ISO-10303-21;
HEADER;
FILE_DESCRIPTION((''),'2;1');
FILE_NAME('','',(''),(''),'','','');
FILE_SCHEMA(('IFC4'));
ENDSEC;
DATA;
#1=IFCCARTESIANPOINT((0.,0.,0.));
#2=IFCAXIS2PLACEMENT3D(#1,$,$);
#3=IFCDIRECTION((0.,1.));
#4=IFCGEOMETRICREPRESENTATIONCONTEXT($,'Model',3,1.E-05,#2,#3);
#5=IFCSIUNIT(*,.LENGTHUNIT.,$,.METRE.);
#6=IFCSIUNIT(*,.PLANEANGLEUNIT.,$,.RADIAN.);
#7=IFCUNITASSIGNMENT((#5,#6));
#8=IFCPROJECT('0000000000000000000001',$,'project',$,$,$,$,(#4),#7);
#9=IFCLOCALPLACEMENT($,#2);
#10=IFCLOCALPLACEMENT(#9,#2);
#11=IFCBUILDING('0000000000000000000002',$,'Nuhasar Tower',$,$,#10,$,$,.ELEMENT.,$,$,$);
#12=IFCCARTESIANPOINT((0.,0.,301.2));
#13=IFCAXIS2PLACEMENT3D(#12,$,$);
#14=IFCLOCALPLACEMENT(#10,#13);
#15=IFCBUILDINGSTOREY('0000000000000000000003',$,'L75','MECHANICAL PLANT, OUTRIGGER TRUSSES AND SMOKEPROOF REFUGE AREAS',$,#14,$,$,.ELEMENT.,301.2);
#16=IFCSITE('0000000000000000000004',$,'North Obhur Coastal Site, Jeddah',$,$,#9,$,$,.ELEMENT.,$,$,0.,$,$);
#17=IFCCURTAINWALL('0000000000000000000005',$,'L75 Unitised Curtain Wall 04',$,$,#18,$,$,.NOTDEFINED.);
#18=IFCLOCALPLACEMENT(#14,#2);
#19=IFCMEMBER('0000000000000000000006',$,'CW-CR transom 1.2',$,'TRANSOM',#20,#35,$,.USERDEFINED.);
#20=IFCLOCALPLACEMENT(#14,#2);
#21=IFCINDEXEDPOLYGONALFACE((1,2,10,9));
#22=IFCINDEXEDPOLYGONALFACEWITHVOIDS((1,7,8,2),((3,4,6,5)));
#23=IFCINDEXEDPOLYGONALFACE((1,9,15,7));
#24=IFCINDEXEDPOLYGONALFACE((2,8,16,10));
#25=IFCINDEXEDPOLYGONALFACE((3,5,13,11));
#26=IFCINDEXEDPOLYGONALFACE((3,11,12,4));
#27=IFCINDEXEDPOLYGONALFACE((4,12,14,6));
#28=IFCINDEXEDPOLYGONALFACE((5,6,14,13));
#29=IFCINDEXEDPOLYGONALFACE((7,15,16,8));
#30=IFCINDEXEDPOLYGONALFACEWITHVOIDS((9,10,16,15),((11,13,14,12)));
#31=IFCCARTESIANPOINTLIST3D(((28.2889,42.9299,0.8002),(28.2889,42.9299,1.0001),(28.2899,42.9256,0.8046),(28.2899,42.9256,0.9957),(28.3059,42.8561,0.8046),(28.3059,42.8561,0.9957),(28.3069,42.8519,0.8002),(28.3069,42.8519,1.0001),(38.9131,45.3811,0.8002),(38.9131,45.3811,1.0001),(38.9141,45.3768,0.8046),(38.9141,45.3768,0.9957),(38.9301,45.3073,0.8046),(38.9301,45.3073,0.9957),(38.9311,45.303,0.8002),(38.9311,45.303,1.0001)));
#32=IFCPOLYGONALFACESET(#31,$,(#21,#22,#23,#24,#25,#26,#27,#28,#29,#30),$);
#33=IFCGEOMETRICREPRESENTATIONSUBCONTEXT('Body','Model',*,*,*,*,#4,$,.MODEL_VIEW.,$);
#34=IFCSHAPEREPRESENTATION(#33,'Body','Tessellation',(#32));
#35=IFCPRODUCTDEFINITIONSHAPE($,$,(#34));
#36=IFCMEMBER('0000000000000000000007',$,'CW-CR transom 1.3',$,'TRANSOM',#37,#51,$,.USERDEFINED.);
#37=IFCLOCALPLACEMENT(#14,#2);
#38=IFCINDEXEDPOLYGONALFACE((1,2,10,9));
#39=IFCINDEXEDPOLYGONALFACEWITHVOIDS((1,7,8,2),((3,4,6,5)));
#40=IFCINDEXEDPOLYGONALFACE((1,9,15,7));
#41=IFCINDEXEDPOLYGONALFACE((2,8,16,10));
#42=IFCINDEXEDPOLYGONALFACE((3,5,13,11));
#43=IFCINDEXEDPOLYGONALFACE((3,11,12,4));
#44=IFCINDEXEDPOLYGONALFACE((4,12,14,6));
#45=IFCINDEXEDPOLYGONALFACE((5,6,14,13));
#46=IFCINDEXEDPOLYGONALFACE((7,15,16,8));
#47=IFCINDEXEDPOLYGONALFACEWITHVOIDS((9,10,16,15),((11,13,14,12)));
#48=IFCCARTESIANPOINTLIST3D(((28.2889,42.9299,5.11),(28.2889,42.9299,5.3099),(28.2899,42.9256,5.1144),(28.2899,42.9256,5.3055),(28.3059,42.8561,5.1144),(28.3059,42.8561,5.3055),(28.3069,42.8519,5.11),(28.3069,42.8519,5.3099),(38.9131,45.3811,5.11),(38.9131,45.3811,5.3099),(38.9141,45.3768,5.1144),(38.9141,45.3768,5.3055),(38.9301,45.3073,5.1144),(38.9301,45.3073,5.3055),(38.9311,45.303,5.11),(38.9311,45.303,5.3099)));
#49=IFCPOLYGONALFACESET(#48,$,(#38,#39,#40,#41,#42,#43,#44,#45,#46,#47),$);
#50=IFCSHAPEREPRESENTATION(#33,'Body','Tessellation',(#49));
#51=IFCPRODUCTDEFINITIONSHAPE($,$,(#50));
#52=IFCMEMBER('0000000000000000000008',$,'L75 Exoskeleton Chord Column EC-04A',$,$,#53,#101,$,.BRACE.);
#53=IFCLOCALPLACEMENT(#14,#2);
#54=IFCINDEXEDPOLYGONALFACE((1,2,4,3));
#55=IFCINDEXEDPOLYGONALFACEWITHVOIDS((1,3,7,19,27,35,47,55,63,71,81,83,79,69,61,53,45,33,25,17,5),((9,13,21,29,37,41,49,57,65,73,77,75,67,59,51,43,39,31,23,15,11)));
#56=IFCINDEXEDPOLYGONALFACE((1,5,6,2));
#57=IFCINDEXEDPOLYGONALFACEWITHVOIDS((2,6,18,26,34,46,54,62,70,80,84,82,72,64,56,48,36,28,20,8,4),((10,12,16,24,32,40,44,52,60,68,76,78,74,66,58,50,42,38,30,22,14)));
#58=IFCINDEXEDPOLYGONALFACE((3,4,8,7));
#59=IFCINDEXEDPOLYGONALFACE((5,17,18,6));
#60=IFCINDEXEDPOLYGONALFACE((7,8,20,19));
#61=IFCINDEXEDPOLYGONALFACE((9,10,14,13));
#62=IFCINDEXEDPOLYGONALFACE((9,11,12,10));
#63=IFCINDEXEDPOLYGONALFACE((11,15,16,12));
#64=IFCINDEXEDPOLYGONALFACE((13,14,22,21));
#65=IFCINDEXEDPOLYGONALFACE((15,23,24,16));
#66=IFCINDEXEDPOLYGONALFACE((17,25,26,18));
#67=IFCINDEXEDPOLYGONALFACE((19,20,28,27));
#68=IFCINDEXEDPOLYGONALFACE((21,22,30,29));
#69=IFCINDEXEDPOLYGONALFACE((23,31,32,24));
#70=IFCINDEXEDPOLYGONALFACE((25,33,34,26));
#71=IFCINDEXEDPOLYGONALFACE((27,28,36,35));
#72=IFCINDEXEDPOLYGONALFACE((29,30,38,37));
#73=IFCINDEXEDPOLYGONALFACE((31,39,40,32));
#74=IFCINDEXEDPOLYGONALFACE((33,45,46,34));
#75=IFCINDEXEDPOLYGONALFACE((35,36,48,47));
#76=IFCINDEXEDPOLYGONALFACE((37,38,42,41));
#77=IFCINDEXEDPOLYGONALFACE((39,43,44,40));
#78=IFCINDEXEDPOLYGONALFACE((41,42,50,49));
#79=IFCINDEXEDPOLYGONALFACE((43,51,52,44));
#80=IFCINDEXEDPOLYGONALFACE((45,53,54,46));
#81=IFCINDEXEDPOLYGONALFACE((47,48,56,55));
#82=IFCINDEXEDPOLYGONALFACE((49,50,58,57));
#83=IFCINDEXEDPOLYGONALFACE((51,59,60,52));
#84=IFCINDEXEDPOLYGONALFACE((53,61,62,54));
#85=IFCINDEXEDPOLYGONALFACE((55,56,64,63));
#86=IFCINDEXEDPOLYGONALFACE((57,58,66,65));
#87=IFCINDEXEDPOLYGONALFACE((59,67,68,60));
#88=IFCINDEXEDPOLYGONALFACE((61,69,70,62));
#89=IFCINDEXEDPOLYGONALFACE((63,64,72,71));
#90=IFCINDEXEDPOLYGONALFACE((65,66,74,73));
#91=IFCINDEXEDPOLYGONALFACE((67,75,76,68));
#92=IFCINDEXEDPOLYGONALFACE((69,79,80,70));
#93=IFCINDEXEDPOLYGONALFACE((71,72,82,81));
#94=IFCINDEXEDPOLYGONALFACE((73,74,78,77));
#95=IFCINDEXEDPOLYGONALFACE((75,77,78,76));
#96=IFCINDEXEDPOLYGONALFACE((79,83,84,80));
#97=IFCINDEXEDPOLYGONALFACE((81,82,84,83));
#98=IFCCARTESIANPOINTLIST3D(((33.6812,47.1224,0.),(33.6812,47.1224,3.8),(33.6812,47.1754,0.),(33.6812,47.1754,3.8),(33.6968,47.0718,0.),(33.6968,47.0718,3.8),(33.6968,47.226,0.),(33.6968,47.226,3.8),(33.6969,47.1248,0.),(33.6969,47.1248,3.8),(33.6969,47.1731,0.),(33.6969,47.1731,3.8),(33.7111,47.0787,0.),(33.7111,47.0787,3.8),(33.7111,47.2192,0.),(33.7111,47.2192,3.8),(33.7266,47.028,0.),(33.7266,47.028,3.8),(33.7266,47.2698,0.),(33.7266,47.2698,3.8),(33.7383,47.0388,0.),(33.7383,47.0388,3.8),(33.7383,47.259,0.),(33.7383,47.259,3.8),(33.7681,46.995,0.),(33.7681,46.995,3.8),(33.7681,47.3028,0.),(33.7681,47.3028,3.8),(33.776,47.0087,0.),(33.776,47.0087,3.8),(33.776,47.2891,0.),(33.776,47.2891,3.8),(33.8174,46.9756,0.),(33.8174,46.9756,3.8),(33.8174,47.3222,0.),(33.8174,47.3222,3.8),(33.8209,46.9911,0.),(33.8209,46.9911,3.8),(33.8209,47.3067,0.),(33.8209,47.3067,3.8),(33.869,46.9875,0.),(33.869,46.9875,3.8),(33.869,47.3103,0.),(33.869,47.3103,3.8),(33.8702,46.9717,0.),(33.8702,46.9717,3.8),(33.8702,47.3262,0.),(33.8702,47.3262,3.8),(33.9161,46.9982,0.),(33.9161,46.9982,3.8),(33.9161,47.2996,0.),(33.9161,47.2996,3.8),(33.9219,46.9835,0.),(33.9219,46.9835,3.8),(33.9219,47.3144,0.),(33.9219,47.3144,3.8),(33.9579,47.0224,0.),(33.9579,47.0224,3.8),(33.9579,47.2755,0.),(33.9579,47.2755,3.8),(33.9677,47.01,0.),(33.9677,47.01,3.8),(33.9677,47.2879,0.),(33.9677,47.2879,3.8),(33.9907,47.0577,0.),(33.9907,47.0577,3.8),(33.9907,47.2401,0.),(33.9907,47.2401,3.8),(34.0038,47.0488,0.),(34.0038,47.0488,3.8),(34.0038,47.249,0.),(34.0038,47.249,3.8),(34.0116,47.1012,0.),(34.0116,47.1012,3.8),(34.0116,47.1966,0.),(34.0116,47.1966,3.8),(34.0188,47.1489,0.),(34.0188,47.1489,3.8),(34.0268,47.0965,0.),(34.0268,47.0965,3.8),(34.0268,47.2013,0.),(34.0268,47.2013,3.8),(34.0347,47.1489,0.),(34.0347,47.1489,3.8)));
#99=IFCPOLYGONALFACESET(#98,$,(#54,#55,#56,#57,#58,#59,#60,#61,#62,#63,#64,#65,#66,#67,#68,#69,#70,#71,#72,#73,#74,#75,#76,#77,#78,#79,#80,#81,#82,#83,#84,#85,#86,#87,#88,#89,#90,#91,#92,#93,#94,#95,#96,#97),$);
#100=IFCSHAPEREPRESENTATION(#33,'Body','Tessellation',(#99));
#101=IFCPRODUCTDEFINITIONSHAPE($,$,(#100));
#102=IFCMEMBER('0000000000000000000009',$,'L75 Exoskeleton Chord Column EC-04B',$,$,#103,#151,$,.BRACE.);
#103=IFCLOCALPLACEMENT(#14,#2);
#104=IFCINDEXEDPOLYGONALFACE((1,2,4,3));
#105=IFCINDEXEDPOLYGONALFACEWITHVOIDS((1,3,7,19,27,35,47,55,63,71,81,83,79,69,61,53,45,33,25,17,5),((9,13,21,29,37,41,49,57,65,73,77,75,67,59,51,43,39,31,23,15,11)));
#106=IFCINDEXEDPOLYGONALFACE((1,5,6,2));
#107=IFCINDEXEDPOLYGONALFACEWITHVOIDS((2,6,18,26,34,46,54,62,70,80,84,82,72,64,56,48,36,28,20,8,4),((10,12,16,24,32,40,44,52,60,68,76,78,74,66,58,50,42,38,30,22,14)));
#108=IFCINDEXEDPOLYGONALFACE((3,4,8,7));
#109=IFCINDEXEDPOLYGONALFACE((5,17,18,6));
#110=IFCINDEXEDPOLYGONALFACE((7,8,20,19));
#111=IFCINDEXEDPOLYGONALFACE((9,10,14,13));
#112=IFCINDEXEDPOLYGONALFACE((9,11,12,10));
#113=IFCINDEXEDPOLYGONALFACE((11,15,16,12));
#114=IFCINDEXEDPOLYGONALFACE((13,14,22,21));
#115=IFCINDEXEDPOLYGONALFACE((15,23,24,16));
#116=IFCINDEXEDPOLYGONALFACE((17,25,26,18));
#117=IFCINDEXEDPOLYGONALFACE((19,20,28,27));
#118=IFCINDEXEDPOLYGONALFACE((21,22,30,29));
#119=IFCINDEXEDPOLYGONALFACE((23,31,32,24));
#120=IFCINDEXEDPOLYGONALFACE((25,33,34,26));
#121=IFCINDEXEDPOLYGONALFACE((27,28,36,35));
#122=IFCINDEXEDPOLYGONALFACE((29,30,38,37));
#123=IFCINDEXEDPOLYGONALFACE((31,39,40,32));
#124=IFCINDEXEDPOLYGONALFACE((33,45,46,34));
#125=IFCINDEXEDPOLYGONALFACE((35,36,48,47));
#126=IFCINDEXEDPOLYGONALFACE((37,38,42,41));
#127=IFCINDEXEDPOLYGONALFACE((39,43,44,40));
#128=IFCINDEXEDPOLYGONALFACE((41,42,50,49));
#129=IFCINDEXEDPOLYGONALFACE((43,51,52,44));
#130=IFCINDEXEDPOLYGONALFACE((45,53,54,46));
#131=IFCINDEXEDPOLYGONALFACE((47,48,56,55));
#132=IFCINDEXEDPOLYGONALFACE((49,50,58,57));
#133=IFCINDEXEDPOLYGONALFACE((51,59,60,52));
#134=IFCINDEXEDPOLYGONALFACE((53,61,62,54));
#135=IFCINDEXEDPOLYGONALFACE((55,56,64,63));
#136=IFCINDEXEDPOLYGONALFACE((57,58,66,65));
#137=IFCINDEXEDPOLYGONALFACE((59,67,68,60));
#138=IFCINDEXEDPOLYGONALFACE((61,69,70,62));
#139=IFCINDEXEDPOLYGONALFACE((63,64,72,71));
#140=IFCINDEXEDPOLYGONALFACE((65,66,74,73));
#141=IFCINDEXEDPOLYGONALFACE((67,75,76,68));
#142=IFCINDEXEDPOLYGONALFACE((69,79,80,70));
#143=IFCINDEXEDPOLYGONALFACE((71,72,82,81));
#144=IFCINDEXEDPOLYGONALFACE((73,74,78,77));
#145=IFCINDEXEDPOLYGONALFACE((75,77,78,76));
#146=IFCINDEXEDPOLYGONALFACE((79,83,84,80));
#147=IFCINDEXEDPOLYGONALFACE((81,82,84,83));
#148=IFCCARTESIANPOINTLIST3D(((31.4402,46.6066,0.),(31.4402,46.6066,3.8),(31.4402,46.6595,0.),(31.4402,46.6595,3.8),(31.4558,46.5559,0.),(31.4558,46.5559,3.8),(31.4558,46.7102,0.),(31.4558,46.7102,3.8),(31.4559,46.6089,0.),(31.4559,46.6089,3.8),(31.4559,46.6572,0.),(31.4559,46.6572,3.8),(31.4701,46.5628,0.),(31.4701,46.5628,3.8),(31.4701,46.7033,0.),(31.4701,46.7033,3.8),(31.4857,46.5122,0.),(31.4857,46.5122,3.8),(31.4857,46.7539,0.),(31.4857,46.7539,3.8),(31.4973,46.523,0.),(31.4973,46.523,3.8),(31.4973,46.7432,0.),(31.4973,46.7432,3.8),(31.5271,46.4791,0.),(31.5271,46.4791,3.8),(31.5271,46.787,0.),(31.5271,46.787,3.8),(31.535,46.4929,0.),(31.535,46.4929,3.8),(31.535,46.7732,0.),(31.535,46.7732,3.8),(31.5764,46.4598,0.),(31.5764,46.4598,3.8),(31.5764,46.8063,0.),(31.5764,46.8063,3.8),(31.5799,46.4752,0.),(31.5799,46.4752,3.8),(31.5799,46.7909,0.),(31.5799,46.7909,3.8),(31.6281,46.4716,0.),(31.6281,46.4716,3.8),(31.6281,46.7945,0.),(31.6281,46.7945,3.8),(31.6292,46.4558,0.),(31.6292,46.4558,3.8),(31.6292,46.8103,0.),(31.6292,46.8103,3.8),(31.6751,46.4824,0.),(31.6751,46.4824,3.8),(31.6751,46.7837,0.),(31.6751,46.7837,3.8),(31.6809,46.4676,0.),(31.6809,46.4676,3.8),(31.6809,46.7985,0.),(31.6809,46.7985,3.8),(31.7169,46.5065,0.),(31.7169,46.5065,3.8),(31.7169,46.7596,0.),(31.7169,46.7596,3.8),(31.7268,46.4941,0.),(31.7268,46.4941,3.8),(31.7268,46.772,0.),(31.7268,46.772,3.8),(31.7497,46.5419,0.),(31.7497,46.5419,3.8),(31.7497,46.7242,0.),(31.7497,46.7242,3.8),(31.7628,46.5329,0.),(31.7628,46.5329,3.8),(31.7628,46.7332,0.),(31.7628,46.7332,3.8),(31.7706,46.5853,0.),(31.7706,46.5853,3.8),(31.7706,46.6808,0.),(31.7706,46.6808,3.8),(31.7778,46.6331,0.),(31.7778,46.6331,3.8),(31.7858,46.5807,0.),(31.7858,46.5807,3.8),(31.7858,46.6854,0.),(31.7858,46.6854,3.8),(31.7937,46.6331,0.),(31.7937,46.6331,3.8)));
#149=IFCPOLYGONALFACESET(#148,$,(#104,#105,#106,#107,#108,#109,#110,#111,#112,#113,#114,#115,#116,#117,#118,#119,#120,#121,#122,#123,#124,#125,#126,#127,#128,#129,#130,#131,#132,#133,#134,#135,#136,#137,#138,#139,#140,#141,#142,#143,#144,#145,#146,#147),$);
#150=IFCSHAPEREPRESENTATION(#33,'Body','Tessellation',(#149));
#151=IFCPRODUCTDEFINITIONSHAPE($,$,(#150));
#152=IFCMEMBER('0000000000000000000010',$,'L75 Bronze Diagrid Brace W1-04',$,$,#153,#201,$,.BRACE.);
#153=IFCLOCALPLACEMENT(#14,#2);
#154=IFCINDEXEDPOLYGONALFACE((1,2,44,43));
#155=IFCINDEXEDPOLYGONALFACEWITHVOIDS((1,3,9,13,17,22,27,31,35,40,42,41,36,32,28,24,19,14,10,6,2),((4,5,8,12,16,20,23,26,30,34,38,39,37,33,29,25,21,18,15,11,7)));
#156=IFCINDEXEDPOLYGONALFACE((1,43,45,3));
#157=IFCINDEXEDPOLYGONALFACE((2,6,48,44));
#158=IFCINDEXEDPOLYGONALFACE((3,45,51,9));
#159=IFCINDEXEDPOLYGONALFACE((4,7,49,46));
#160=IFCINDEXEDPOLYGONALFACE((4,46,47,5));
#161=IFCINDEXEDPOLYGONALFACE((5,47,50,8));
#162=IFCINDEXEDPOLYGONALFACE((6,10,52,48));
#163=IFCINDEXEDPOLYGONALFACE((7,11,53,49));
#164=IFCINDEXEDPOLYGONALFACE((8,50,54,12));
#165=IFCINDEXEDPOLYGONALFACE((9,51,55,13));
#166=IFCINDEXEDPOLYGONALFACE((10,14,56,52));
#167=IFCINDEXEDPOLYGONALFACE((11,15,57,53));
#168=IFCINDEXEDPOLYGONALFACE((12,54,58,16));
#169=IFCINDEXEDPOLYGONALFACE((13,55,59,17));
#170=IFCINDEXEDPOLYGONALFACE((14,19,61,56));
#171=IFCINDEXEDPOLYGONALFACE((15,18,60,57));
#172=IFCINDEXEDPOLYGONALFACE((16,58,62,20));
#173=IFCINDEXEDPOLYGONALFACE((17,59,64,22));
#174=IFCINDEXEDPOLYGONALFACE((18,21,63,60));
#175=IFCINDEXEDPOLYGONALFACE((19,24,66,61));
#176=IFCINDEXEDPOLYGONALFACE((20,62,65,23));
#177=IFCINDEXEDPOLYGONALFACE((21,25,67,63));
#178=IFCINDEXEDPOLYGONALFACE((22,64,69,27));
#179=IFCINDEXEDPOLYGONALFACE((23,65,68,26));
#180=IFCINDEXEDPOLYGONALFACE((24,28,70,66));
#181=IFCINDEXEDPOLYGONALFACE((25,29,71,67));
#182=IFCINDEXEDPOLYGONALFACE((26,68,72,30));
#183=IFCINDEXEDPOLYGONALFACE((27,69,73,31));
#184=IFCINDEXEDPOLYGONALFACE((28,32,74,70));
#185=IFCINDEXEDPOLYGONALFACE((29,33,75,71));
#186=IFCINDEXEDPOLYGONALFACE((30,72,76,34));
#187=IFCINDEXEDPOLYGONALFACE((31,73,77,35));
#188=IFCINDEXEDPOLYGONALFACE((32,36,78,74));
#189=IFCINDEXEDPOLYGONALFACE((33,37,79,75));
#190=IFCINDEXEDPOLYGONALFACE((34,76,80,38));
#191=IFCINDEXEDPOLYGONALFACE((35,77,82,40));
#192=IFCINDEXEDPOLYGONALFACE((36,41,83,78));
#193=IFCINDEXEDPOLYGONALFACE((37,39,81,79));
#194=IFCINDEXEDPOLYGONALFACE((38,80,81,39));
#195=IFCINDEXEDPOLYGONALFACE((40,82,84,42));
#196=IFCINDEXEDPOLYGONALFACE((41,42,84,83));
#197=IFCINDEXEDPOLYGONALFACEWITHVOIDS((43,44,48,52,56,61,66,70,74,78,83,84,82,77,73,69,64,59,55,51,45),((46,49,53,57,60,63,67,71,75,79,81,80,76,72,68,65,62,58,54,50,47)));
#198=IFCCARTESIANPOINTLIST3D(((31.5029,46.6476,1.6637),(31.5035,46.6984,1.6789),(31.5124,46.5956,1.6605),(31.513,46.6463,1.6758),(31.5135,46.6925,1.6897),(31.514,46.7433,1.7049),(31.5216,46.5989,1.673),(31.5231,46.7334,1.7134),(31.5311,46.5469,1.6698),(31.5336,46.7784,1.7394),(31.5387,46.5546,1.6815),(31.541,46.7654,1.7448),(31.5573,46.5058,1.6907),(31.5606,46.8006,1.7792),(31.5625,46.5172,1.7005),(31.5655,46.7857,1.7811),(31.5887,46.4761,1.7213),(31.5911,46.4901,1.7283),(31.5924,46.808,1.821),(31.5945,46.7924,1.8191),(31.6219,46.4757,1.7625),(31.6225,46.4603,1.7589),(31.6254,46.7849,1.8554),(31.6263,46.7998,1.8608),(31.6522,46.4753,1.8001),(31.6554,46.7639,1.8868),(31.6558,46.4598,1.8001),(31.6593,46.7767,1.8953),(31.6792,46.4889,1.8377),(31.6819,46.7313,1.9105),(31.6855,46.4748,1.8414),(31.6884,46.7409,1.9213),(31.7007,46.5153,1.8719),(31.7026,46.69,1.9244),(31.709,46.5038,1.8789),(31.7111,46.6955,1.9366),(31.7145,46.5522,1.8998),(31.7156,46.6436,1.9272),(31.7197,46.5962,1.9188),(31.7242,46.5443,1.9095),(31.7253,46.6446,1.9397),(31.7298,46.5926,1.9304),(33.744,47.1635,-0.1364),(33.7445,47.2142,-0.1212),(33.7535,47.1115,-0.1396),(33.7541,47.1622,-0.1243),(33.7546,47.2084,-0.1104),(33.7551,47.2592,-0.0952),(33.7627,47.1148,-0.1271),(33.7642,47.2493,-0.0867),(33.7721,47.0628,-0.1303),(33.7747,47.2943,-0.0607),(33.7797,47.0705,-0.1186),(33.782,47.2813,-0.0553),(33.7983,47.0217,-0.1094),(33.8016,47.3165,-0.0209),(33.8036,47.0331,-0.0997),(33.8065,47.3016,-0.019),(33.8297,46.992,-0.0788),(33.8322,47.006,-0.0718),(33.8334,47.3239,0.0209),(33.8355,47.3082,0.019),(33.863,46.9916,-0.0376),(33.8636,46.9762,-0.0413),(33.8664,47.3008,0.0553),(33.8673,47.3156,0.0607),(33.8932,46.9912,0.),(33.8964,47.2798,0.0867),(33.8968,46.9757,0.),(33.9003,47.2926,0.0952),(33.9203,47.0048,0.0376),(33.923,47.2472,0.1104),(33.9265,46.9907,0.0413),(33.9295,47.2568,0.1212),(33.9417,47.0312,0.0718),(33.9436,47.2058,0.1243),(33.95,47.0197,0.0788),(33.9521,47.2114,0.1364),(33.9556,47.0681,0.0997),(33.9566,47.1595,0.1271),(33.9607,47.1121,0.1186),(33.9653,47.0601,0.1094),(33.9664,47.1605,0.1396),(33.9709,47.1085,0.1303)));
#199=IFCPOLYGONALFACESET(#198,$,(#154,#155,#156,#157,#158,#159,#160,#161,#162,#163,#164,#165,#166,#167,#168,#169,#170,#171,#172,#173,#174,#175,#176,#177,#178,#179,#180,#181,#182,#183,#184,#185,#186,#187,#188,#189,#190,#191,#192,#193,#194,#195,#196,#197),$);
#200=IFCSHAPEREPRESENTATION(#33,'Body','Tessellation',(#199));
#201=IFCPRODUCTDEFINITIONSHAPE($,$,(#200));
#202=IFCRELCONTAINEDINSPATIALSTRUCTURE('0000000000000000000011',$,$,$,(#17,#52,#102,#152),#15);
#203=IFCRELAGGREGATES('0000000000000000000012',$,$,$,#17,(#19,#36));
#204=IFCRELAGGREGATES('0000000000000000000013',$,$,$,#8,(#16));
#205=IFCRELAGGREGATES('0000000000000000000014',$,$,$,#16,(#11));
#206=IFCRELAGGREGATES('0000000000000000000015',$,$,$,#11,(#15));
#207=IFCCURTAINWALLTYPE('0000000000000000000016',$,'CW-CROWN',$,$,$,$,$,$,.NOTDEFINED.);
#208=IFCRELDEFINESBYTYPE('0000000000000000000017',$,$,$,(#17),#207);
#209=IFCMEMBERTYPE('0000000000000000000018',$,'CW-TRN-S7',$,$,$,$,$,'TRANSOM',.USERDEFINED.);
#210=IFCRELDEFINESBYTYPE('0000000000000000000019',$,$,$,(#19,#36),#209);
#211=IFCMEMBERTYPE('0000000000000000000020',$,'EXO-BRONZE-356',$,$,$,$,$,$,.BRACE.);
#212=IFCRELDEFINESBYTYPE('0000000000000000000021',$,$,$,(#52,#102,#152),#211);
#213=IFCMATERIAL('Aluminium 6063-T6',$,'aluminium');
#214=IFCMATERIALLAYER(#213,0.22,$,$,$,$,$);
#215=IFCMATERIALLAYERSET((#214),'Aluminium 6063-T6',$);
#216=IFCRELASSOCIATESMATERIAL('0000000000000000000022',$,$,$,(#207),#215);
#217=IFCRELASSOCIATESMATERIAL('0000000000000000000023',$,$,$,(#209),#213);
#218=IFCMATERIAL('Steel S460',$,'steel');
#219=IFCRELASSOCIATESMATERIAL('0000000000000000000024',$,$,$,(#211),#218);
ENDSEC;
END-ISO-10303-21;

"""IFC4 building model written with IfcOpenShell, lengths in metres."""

from ifc_helpers import new_model, si_unit, direction, frame, origin, origin_2d, place, context, subcontext, project, spatial, hollow_rectangle, hollow_circle, extrude, material, layer, layer_set, material_profile, profile_set, type_object, element, aggregate, save


model = new_model("IFC4")

# Units and contexts
model_context = context("Model", 3, precision=1e-05, world=origin(), true_north=direction((0.0, 1.0)))
body_context = subcontext(model_context, "Body", "Model", "MODEL_VIEW")
ifc_project = project(units=[si_unit("LENGTHUNIT", "METRE"), si_unit("PLANEANGLEUNIT", "RADIAN")], contexts=[model_context])

# Site, building, storey
site_placement = place(None, origin())
site = spatial("IfcSite", under=ifc_project, at=site_placement, Name="North Obhur Coastal Site, Jeddah", CompositionType="ELEMENT", RefElevation=0.0)
building_placement = place(site_placement, origin())
building = spatial("IfcBuilding", under=site, at=building_placement, Name="Nuhasar Tower", CompositionType="ELEMENT")
storey_placement = place(building_placement, frame((0.0, 0.0, 301.2)))
storey = spatial("IfcBuildingStorey", under=building, at=storey_placement, Name="L75", Description="MECHANICAL PLANT, OUTRIGGER TRUSSES AND SMOKEPROOF REFUGE AREAS", CompositionType="ELEMENT", Elevation=301.2)

# Curtain wall, members
ifc_material_1 = material(Name="Aluminium 6063-T6", Category="aluminium")
ifc_layer_1 = layer(ifc_material_1, 0.22)
ifc_layer_set_1 = layer_set([ifc_layer_1], Name="Aluminium 6063-T6")
curtain_wall_type = type_object("IfcCurtainWallType", Name="CW-CROWN", PredefinedType="NOTDEFINED", material=ifc_layer_set_1)
curtain_wall_placement = place(storey_placement, origin())
curtain_wall = element("IfcCurtainWall", 1, at=curtain_wall_placement, inside=storey, type_object=curtain_wall_type, Name="L75 Unitised Curtain Wall 04", PredefinedType="NOTDEFINED")
ifc_material_profile_1 = material_profile(ifc_material_1, hollow_rectangle(XDim=0.0801, YDim=0.2, WallThickness=0.0044, at=origin_2d()), Name="CWT-7")
ifc_profile_set_1 = profile_set([ifc_material_profile_1], Name="Aluminium 6063-T6")
member_type_1 = type_object("IfcMemberType", Name="CW-TRN-S7", ElementType="TRANSOM", PredefinedType="USERDEFINED", material=ifc_profile_set_1)
member_1_placement = place(storey_placement, frame((38.9221, 45.342, 0.9001), z_axis=(-0.974403, -0.224809, 0.0), x_axis=(0.224809, -0.974403, 0.0)))
member_1 = element("IfcMember", 2, at=member_1_placement, type_object=member_type_1, Name="CW-CR transom 1.2", ObjectType="TRANSOM", PredefinedType="USERDEFINED", context=body_context, shape_type="SweptSolid", body=[
    extrude(hollow_rectangle(XDim=0.0801, YDim=0.2, WallThickness=0.0044, at=origin_2d()), origin(), (0.0, 0.0, 1.0), 10.9033),
])
member_2_placement = place(storey_placement, frame((38.9221, 45.342, 5.21), z_axis=(-0.974403, -0.224809, 0.0), x_axis=(0.224809, -0.974403, 0.0)))
member_2 = element("IfcMember", 3, at=member_2_placement, type_object=member_type_1, Name="CW-CR transom 1.3", ObjectType="TRANSOM", PredefinedType="USERDEFINED", context=body_context, shape_type="SweptSolid", body=[
    extrude(hollow_rectangle(XDim=0.0801, YDim=0.2, WallThickness=0.0044, at=origin_2d()), origin(), (0.0, 0.0, 1.0), 10.9033),
])

# Members
ifc_material_2 = material(Name="Steel S460", Category="steel")
ifc_material_profile_2 = material_profile(ifc_material_2, hollow_circle(Radius=0.1777, WallThickness=0.0159, at=origin_2d()), Name="HSS355.6X15.9")
ifc_profile_set_2 = profile_set([ifc_material_profile_2], Name="Steel S460")
member_type_2 = type_object("IfcMemberType", Name="EXO-BRONZE-356", PredefinedType="BRACE", material=ifc_profile_set_2)
for number, where, z_axis, x_axis, name in (
    (4, (33.8569, 47.1489, 0.0), (0.0, 0.0, 1.0), (1.0, 0.0, 0.0), "L75 Exoskeleton Chord Column EC-04A"),
    (5, (31.616, 46.6331, 0.0), (0.0, 0.0, 1.0), (1.0, 0.0, 0.0), "L75 Exoskeleton Chord Column EC-04B"),
):
    element("IfcMember", number, at=place(storey_placement, frame(where, z_axis=z_axis, x_axis=x_axis)), inside=storey, type_object=member_type_2, Name=name, PredefinedType="BRACE", context=body_context, shape_type="SweptSolid", body=[
        extrude(hollow_circle(Radius=0.1777, WallThickness=0.0159, at=origin_2d()), origin(), (0.0, 0.0, 1.0), 3.8),
    ])
for number, where, z_axis, x_axis, name in (
    (6, (33.8569, 47.1489, 0.0), (-0.767372, -0.176649, 0.616389), (0.224332, -0.974513, 0.0), "L75 Bronze Diagrid Brace W1-04"),
):
    element("IfcMember", number, at=place(storey_placement, frame(where, z_axis=z_axis, x_axis=x_axis)), inside=storey, type_object=member_type_2, Name=name, PredefinedType="BRACE", context=body_context, shape_type="SweptSolid", body=[
        extrude(hollow_circle(Radius=0.1777, WallThickness=0.0159, at=origin_2d()), origin(), (0.0, 0.0, 1.0), 2.9204),
    ])

aggregate(curtain_wall, [member_1, member_2])

save(model, "model.ifc")
